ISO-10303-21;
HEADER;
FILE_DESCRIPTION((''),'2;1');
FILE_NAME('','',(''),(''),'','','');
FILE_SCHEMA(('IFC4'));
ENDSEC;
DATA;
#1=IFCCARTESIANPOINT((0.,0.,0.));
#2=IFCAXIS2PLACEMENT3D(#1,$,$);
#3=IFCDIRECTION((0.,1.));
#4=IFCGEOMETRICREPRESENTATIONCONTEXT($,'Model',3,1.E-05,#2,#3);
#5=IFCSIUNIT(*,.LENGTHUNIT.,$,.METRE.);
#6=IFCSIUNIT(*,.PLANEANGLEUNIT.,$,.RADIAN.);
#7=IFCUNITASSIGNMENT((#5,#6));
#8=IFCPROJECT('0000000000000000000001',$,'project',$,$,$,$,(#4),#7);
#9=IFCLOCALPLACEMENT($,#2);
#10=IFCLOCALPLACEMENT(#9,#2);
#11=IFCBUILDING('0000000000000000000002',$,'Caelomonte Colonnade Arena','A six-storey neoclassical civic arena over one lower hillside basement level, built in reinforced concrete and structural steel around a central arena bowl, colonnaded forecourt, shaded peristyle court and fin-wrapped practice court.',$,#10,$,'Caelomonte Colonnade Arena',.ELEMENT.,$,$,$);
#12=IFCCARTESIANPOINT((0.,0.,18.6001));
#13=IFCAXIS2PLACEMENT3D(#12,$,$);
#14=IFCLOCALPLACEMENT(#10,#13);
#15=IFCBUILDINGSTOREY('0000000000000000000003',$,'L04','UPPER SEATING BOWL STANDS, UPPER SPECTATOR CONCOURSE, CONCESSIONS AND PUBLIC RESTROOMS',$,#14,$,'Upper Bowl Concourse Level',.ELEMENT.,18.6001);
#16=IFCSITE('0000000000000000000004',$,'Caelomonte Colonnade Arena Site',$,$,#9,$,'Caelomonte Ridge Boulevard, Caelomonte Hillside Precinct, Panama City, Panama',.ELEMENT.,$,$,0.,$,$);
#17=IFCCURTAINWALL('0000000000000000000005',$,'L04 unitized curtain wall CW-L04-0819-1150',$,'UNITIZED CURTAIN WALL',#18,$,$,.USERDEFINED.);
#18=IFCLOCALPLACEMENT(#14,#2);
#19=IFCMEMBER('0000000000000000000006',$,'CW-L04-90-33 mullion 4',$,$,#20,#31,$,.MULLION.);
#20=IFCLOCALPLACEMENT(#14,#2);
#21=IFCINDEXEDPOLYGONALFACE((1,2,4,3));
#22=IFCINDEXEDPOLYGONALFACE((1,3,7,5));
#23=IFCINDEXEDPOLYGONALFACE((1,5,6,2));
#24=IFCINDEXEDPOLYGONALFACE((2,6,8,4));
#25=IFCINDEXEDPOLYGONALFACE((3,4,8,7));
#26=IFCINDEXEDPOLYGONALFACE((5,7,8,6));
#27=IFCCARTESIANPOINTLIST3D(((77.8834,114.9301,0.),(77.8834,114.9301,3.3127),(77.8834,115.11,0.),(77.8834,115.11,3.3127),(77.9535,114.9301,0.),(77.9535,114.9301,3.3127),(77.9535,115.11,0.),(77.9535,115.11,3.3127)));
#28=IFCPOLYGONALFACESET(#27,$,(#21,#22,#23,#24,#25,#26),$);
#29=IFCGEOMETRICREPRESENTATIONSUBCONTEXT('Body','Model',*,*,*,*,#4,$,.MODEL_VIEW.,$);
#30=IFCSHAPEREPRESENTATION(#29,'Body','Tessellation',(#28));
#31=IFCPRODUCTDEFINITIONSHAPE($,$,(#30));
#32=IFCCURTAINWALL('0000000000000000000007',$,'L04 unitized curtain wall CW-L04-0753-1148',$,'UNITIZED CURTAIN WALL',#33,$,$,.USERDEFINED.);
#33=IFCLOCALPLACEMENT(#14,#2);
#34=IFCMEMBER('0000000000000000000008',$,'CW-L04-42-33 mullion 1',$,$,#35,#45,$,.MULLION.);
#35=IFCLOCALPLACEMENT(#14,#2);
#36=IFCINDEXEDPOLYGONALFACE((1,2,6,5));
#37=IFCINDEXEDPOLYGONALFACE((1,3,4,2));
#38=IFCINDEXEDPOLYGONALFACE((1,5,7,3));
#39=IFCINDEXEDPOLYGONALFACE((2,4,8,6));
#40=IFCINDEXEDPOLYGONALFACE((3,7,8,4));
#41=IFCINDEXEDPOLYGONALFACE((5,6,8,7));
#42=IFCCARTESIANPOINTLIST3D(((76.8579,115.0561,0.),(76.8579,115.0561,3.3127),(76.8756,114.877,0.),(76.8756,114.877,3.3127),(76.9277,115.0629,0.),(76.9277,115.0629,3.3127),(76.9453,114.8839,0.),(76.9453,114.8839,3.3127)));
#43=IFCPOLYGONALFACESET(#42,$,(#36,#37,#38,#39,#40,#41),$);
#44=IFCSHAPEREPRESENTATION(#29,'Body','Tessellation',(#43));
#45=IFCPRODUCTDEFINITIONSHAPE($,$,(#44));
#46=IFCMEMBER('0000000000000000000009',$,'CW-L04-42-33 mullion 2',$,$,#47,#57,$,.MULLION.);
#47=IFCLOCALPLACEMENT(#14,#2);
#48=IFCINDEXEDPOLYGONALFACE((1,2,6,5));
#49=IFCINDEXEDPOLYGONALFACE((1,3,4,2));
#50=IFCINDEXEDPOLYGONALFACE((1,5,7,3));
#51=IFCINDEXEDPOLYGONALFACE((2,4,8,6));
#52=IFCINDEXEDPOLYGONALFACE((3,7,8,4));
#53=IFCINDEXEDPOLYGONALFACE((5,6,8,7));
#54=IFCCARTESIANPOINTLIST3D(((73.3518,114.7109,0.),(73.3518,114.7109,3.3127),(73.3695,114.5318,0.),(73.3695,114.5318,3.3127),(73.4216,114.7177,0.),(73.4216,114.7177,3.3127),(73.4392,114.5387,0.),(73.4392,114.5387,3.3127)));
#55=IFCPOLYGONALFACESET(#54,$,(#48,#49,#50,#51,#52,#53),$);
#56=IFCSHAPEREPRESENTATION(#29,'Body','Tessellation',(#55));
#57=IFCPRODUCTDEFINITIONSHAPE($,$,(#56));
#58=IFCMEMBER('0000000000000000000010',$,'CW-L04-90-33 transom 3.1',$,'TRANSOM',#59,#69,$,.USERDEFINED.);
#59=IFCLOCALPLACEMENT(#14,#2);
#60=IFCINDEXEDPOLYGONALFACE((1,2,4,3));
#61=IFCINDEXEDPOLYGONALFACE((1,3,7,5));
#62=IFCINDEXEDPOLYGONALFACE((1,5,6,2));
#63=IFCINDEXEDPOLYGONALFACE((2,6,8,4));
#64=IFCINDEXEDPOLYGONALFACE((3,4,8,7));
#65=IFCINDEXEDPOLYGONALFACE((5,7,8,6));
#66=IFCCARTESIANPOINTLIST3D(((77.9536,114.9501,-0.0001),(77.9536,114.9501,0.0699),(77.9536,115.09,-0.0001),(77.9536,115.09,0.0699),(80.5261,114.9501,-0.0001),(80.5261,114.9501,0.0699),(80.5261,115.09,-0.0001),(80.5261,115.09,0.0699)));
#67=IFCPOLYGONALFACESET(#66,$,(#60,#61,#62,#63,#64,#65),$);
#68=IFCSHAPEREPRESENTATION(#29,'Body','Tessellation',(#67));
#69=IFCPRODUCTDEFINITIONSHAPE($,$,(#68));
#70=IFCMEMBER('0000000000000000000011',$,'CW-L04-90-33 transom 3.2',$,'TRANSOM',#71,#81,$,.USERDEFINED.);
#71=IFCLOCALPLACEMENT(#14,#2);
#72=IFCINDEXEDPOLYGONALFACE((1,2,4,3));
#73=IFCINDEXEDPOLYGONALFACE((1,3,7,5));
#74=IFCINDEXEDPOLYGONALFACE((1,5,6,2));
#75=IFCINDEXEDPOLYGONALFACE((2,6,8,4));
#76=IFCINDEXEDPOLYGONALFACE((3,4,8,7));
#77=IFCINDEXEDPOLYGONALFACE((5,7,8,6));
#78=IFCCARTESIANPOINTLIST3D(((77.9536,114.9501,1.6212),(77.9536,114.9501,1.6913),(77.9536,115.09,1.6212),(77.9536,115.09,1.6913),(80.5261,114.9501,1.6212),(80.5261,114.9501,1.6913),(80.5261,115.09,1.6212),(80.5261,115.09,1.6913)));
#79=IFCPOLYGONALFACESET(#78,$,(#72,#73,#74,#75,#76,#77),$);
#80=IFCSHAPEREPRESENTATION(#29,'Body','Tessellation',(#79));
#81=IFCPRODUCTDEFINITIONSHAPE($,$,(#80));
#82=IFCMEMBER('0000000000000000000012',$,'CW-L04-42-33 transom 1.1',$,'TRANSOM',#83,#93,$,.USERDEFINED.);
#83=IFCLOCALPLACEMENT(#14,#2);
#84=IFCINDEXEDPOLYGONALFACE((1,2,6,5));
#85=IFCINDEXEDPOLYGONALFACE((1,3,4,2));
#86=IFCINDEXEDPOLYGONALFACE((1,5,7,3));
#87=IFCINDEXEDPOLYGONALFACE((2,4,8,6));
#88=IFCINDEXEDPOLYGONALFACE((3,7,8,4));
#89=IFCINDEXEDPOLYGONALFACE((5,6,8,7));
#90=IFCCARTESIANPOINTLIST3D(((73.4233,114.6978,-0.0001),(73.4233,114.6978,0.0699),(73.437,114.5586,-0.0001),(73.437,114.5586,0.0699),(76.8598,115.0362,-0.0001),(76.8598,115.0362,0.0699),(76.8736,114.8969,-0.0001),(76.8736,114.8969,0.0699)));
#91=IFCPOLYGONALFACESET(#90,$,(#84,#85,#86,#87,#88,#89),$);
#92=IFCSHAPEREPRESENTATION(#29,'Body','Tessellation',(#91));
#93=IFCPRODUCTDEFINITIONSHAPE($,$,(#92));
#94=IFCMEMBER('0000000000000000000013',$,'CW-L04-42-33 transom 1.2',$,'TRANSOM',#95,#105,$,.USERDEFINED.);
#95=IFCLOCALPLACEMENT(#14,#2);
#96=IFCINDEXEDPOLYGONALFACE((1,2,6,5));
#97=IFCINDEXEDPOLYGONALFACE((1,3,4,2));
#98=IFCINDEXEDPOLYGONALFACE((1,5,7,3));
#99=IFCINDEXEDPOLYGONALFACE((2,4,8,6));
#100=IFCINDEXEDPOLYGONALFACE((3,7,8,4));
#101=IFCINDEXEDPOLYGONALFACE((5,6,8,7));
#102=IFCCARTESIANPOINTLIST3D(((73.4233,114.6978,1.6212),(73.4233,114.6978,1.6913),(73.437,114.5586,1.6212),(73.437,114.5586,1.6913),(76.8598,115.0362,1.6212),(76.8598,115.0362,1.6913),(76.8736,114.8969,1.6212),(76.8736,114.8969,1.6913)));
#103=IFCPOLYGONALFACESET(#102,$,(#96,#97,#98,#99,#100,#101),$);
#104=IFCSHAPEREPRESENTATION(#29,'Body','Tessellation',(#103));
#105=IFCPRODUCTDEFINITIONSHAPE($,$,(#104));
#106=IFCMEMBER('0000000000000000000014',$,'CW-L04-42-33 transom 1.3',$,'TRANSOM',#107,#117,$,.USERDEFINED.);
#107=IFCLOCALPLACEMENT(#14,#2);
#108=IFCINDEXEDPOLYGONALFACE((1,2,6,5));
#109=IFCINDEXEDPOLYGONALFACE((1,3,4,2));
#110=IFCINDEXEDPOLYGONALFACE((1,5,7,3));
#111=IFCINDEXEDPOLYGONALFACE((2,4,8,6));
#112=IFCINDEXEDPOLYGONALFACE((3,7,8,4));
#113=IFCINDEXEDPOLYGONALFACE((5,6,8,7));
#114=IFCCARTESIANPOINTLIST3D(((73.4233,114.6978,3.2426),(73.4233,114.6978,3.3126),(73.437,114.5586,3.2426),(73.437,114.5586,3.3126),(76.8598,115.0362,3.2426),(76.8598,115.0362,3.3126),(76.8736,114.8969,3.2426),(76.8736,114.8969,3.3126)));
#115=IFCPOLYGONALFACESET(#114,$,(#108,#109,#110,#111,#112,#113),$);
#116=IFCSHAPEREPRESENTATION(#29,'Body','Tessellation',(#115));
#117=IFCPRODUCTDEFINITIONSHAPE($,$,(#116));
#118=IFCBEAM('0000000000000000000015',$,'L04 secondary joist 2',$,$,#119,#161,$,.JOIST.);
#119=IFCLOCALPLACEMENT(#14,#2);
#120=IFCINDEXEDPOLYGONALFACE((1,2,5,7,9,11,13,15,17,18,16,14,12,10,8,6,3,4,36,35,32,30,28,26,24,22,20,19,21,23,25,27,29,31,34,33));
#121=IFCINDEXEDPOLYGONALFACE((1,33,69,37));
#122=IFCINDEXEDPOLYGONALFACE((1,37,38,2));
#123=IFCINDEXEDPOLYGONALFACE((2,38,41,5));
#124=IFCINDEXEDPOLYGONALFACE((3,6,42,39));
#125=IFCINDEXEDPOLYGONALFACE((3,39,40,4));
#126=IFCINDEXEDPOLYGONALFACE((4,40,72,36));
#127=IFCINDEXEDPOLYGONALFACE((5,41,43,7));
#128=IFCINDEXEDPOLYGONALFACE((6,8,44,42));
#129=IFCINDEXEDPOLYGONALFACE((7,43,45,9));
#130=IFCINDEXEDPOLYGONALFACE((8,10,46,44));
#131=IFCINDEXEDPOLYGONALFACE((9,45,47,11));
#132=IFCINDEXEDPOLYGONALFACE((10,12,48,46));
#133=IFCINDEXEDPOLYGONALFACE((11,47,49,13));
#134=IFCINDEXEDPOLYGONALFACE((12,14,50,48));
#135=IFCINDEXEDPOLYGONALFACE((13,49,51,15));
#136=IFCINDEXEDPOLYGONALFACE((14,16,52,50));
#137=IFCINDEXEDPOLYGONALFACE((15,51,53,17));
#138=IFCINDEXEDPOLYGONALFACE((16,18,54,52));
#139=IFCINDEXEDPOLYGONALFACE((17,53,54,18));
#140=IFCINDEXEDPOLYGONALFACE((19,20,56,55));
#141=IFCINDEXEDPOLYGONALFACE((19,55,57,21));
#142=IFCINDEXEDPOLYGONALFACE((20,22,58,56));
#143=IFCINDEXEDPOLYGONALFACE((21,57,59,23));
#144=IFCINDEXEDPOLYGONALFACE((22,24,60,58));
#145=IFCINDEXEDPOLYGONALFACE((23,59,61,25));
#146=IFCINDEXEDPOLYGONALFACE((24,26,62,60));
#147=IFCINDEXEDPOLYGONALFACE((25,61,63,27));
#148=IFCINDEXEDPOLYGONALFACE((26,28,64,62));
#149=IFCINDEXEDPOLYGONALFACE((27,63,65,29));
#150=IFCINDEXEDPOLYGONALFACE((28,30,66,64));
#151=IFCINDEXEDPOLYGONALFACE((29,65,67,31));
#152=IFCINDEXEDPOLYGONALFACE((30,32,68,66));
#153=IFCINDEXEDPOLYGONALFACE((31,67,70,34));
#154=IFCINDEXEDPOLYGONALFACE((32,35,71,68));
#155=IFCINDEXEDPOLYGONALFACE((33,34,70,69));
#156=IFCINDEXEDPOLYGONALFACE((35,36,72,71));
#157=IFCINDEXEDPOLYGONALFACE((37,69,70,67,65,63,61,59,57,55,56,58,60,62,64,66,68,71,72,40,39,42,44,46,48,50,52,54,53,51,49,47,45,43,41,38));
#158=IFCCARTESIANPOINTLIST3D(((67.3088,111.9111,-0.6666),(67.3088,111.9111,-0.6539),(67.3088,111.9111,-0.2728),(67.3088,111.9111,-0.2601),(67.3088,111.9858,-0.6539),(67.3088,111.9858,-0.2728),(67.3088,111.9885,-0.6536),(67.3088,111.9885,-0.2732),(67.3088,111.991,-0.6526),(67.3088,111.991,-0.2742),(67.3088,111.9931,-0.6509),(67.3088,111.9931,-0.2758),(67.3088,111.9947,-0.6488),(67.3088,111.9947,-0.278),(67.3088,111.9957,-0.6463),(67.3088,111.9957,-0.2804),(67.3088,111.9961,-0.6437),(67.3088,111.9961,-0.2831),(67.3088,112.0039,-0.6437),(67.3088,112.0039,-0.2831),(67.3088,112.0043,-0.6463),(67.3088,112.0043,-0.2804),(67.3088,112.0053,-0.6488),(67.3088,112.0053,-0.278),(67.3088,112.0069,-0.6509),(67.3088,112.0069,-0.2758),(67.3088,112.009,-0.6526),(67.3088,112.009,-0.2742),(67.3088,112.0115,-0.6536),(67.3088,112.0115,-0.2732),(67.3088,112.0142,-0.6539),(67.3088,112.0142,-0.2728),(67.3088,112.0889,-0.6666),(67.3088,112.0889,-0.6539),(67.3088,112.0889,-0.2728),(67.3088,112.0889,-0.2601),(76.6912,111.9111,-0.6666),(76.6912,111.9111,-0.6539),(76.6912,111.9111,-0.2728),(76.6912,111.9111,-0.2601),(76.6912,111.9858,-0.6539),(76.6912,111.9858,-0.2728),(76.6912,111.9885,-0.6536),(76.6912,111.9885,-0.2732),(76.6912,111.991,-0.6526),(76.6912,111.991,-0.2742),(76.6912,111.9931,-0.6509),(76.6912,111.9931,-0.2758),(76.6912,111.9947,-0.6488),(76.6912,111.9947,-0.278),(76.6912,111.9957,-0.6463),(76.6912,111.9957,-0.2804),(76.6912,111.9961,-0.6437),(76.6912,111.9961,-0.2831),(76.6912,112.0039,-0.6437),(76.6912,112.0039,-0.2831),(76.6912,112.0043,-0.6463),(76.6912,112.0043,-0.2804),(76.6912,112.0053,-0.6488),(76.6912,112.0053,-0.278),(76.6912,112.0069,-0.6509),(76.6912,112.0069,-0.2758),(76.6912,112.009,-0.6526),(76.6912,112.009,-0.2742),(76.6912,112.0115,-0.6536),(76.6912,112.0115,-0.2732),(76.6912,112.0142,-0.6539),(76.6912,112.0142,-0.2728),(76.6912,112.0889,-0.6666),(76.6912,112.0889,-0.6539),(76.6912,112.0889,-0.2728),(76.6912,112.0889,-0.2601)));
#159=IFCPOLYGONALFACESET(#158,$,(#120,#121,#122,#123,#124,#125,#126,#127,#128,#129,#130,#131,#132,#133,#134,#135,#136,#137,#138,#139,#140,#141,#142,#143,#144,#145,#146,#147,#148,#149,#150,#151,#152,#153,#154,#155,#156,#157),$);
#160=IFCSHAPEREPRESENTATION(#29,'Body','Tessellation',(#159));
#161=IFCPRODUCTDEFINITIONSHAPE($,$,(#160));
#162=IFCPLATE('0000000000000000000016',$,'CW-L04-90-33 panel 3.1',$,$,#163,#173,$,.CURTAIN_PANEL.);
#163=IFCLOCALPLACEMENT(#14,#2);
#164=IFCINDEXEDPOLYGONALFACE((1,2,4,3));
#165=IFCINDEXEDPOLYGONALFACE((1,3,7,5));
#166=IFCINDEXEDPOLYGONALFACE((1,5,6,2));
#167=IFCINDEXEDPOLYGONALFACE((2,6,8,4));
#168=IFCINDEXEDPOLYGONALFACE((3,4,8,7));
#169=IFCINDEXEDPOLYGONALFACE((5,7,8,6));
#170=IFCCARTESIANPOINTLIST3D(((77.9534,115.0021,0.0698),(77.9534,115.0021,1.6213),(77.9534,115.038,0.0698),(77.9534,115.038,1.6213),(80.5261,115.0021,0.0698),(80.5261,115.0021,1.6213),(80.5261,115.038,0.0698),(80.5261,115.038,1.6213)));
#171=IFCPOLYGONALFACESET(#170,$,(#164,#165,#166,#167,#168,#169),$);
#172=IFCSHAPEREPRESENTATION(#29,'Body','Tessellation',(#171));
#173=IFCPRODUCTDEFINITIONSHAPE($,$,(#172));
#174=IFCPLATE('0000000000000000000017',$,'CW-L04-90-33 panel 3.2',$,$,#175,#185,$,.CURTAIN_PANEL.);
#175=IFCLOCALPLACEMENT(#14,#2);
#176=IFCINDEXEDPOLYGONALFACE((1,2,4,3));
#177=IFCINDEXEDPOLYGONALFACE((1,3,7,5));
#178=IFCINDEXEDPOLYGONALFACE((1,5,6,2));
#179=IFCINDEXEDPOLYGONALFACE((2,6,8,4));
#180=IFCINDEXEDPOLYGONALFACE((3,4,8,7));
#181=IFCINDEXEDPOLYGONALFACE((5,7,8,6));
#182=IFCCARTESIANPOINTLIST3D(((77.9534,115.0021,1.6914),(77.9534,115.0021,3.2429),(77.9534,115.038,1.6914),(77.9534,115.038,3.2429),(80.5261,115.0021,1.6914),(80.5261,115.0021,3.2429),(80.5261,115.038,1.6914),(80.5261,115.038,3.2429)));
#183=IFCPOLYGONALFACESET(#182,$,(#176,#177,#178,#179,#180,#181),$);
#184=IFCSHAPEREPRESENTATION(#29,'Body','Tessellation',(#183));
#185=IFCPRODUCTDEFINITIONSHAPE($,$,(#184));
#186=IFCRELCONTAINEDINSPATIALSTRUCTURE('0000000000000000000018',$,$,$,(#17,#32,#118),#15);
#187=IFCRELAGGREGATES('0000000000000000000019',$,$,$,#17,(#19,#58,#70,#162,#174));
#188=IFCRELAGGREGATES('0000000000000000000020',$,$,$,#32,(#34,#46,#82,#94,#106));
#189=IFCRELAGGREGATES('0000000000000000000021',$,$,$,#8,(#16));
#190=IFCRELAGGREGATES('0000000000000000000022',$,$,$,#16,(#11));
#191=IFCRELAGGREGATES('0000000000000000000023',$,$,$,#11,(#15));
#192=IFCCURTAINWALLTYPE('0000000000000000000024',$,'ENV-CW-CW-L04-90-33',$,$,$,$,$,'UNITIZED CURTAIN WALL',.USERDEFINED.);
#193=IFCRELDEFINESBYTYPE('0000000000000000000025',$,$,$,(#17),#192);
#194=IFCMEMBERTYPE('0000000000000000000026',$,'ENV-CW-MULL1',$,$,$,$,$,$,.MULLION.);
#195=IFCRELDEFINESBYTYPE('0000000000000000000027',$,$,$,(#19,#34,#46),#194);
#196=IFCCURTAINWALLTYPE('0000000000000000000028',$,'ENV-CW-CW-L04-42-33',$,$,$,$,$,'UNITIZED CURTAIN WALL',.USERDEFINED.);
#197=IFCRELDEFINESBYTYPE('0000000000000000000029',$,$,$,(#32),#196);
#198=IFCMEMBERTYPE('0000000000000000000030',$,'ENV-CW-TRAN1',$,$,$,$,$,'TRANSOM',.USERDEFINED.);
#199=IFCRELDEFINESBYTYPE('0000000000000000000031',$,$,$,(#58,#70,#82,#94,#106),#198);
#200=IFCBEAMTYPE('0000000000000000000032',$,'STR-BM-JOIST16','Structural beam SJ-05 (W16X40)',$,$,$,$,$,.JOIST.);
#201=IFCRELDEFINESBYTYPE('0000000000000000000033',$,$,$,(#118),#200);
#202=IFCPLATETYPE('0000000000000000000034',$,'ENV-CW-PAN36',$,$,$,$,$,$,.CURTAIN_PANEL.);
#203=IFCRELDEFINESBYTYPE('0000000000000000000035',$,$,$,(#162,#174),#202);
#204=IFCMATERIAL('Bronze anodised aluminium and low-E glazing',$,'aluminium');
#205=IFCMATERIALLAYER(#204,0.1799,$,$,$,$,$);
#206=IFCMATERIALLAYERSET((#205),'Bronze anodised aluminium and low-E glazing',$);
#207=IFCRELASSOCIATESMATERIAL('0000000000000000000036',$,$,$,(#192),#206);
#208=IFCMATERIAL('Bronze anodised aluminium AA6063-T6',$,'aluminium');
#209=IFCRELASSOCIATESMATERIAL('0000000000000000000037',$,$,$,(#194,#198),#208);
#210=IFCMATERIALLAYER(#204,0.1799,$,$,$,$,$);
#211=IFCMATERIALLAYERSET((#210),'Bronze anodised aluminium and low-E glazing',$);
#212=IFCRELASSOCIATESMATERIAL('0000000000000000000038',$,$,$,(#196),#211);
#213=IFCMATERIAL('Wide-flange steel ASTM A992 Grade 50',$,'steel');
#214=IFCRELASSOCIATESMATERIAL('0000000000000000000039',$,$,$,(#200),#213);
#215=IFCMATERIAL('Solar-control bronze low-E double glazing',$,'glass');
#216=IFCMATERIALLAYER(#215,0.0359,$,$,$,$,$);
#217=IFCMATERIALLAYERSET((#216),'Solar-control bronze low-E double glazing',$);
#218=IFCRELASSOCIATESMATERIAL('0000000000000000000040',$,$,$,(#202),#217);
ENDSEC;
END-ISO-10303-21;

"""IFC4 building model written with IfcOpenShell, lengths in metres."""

from ifc_helpers import new_model, si_unit, direction, frame, origin, origin_2d, place, context, subcontext, project, spatial, rectangle, i_section, extrude, material, layer, layer_set, material_profile, profile_set, type_object, element, aggregate, save


model = new_model("IFC4")

# Units and contexts
model_context = context("Model", 3, precision=1e-05, world=origin(), true_north=direction((0.0, 1.0)))
body_context = subcontext(model_context, "Body", "Model", "MODEL_VIEW")
ifc_project = project(units=[si_unit("LENGTHUNIT", "METRE"), si_unit("PLANEANGLEUNIT", "RADIAN")], contexts=[model_context])

# Site, building, storey
site_placement = place(None, origin())
site = spatial("IfcSite", under=ifc_project, at=site_placement, Name="Caelomonte Colonnade Arena Site", LongName="Caelomonte Ridge Boulevard, Caelomonte Hillside Precinct, Panama City, Panama", CompositionType="ELEMENT", RefElevation=0.0)
building_placement = place(site_placement, origin())
building = spatial("IfcBuilding", under=site, at=building_placement, Name="Caelomonte Colonnade Arena", Description="A six-storey neoclassical civic arena over one lower hillside basement level, built in reinforced concrete and structural steel around a central arena bowl, colonnaded forecourt, shaded peristyle court and fin-wrapped practice court.", LongName="Caelomonte Colonnade Arena", CompositionType="ELEMENT")
storey_placement = place(building_placement, frame((0.0, 0.0, 18.6001)))
storey = spatial("IfcBuildingStorey", under=building, at=storey_placement, Name="L04", Description="UPPER SEATING BOWL STANDS, UPPER SPECTATOR CONCOURSE, CONCESSIONS AND PUBLIC RESTROOMS", LongName="Upper Bowl Concourse Level", CompositionType="ELEMENT", Elevation=18.6001)

# Curtain wall, member
ifc_material_1 = material(Name="Bronze anodised aluminium and low-E glazing", Category="aluminium")
ifc_layer_1 = layer(ifc_material_1, 0.1799)
ifc_layer_set_1 = layer_set([ifc_layer_1], Name="Bronze anodised aluminium and low-E glazing")
curtain_wall_type_1 = type_object("IfcCurtainWallType", Name="ENV-CW-CW-L04-90-33", ElementType="UNITIZED CURTAIN WALL", PredefinedType="USERDEFINED", material=ifc_layer_set_1)
curtain_wall_1_placement = place(storey_placement, origin())
curtain_wall_1 = element("IfcCurtainWall", 1, at=curtain_wall_1_placement, inside=storey, type_object=curtain_wall_type_1, Name="L04 unitized curtain wall CW-L04-0819-1150", ObjectType="UNITIZED CURTAIN WALL", PredefinedType="USERDEFINED")
ifc_material_2 = material(Name="Bronze anodised aluminium AA6063-T6", Category="aluminium")
ifc_material_profile_1 = material_profile(ifc_material_2, rectangle(XDim=0.0701, YDim=0.1799, at=origin_2d()), Name="CWM-70X180")
ifc_profile_set_1 = profile_set([ifc_material_profile_1], Name="Bronze anodised aluminium AA6063-T6")
member_type_1 = type_object("IfcMemberType", Name="ENV-CW-MULL1", PredefinedType="MULLION", material=ifc_profile_set_1)
member_1_placement = place(storey_placement, frame((77.9185, 115.02, 0.0), z_axis=(0.0, 0.0, 1.0), x_axis=(-1.0, 0.0, 0.0)))
member_1 = element("IfcMember", 2, at=member_1_placement, type_object=member_type_1, Name="CW-L04-90-33 mullion 4", PredefinedType="MULLION", context=body_context, shape_type="SweptSolid", body=[
    extrude(rectangle(XDim=0.0701, YDim=0.1799, at=origin_2d()), origin(), (0.0, 0.0, 1.0), 3.3127),
])

# Curtain wall, members
ifc_layer_2 = layer(ifc_material_1, 0.1799)
ifc_layer_set_2 = layer_set([ifc_layer_2], Name="Bronze anodised aluminium and low-E glazing")
curtain_wall_type_2 = type_object("IfcCurtainWallType", Name="ENV-CW-CW-L04-42-33", ElementType="UNITIZED CURTAIN WALL", PredefinedType="USERDEFINED", material=ifc_layer_set_2)
curtain_wall_2_placement = place(storey_placement, origin())
curtain_wall_2 = element("IfcCurtainWall", 3, at=curtain_wall_2_placement, inside=storey, type_object=curtain_wall_type_2, Name="L04 unitized curtain wall CW-L04-0753-1148", ObjectType="UNITIZED CURTAIN WALL", PredefinedType="USERDEFINED")
member_2_placement = place(storey_placement, frame((76.9016, 114.97, 0.0), z_axis=(0.0, 0.0, 1.0), x_axis=(-0.995184, -0.098021, 0.0)))
member_2 = element("IfcMember", 4, at=member_2_placement, type_object=member_type_1, Name="CW-L04-42-33 mullion 1", PredefinedType="MULLION", context=body_context, shape_type="SweptSolid", body=[
    extrude(rectangle(XDim=0.0701, YDim=0.1799, at=origin_2d()), origin(), (0.0, 0.0, 1.0), 3.3127),
])
member_3_placement = place(storey_placement, frame((73.3955, 114.6248, 0.0), z_axis=(0.0, 0.0, 1.0), x_axis=(-0.995184, -0.098021, 0.0)))
member_3 = element("IfcMember", 5, at=member_3_placement, type_object=member_type_1, Name="CW-L04-42-33 mullion 2", PredefinedType="MULLION", context=body_context, shape_type="SweptSolid", body=[
    extrude(rectangle(XDim=0.0701, YDim=0.1799, at=origin_2d()), origin(), (0.0, 0.0, 1.0), 3.3127),
])

# Members
ifc_material_profile_2 = material_profile(ifc_material_2, rectangle(XDim=0.0701, YDim=0.1399, at=origin_2d()), Name="CWT-70X140")
ifc_profile_set_2 = profile_set([ifc_material_profile_2], Name="Bronze anodised aluminium AA6063-T6")
member_type_2 = type_object("IfcMemberType", Name="ENV-CW-TRAN1", ElementType="TRANSOM", PredefinedType="USERDEFINED", material=ifc_profile_set_2)
member_4_placement = place(storey_placement, frame((80.5261, 115.02, 0.0349), z_axis=(-1.0, 0.0, 0.0), x_axis=(0.0, 0.0, 1.0)))
member_4 = element("IfcMember", 6, at=member_4_placement, type_object=member_type_2, Name="CW-L04-90-33 transom 3.1", ObjectType="TRANSOM", PredefinedType="USERDEFINED", context=body_context, shape_type="SweptSolid", body=[
    extrude(rectangle(XDim=0.0701, YDim=0.1399, at=origin_2d()), origin(), (0.0, 0.0, 1.0), 2.5725),
])
member_5_placement = place(storey_placement, frame((80.5261, 115.02, 1.6562), z_axis=(-1.0, 0.0, 0.0), x_axis=(0.0, 0.0, 1.0)))
member_5 = element("IfcMember", 7, at=member_5_placement, type_object=member_type_2, Name="CW-L04-90-33 transom 3.2", ObjectType="TRANSOM", PredefinedType="USERDEFINED", context=body_context, shape_type="SweptSolid", body=[
    extrude(rectangle(XDim=0.0701, YDim=0.1399, at=origin_2d()), origin(), (0.0, 0.0, 1.0), 2.5725),
])
member_6_placement = place(storey_placement, frame((76.8667, 114.9666, 0.0349), z_axis=(-0.995187, -0.097992, 0.0), x_axis=(0.0, 0.0, 1.0)))
member_6 = element("IfcMember", 8, at=member_6_placement, type_object=member_type_2, Name="CW-L04-42-33 transom 1.1", ObjectType="TRANSOM", PredefinedType="USERDEFINED", context=body_context, shape_type="SweptSolid", body=[
    extrude(rectangle(XDim=0.0701, YDim=0.1399, at=origin_2d()), origin(), (0.0, 0.0, 1.0), 3.4531),
])
member_7_placement = place(storey_placement, frame((76.8667, 114.9666, 1.6562), z_axis=(-0.995187, -0.097992, 0.0), x_axis=(0.0, 0.0, 1.0)))
member_7 = element("IfcMember", 9, at=member_7_placement, type_object=member_type_2, Name="CW-L04-42-33 transom 1.2", ObjectType="TRANSOM", PredefinedType="USERDEFINED", context=body_context, shape_type="SweptSolid", body=[
    extrude(rectangle(XDim=0.0701, YDim=0.1399, at=origin_2d()), origin(), (0.0, 0.0, 1.0), 3.4531),
])
member_8_placement = place(storey_placement, frame((76.8667, 114.9666, 3.2776), z_axis=(-0.995187, -0.097992, 0.0), x_axis=(0.0, 0.0, 1.0)))
member_8 = element("IfcMember", 10, at=member_8_placement, type_object=member_type_2, Name="CW-L04-42-33 transom 1.3", ObjectType="TRANSOM", PredefinedType="USERDEFINED", context=body_context, shape_type="SweptSolid", body=[
    extrude(rectangle(XDim=0.0701, YDim=0.1399, at=origin_2d()), origin(), (0.0, 0.0, 1.0), 3.4531),
])

# Beam
ifc_material_3 = material(Name="Wide-flange steel ASTM A992 Grade 50", Category="steel")
ifc_material_profile_3 = material_profile(ifc_material_3, i_section(OverallWidth=0.1777, OverallDepth=0.4065, WebThickness=0.0078, FlangeThickness=0.0127, FilletRadius=0.0103, at=origin_2d()), Name="W16X40")
ifc_profile_set_3 = profile_set([ifc_material_profile_3], Name="Wide-flange steel ASTM A992 Grade 50")
beam_type = type_object("IfcBeamType", Name="STR-BM-JOIST16", Description="Structural beam SJ-05 (W16X40)", PredefinedType="JOIST", material=ifc_profile_set_3)
beam_placement = place(storey_placement, frame((67.3088, 112.0, -0.4634), z_axis=(1.0, 0.0, 0.0), x_axis=(0.0, 1.0, 0.0)))
element("IfcBeam", 11, at=beam_placement, inside=storey, type_object=beam_type, Name="L04 secondary joist 2", PredefinedType="JOIST", context=body_context, shape_type="SweptSolid", body=[
    extrude(i_section(OverallWidth=0.1777, OverallDepth=0.4065, WebThickness=0.0078, FlangeThickness=0.0127, FilletRadius=0.0103, at=origin_2d()), origin(), (0.0, 0.0, 1.0), 9.3823),
])

# Plates
ifc_material_4 = material(Name="Solar-control bronze low-E double glazing", Category="glass")
ifc_layer_3 = layer(ifc_material_4, 0.0359)
ifc_layer_set_3 = layer_set([ifc_layer_3], Name="Solar-control bronze low-E double glazing")
plate_type = type_object("IfcPlateType", Name="ENV-CW-PAN36", PredefinedType="CURTAIN_PANEL", material=ifc_layer_set_3)
plate_1_placement = place(storey_placement, frame((79.2397, 115.02, 0.0698), z_axis=(0.0, 0.0, 1.0), x_axis=(-1.0, 0.0, 0.0)))
plate_1 = element("IfcPlate", 12, at=plate_1_placement, type_object=plate_type, Name="CW-L04-90-33 panel 3.1", PredefinedType="CURTAIN_PANEL", context=body_context, shape_type="SweptSolid", body=[
    extrude(rectangle(XDim=2.5728, YDim=0.0359, at=origin_2d()), origin(), (0.0, 0.0, 1.0), 1.5515),
])
plate_2_placement = place(storey_placement, frame((79.2397, 115.02, 1.6914), z_axis=(0.0, 0.0, 1.0), x_axis=(-1.0, 0.0, 0.0)))
plate_2 = element("IfcPlate", 13, at=plate_2_placement, type_object=plate_type, Name="CW-L04-90-33 panel 3.2", PredefinedType="CURTAIN_PANEL", context=body_context, shape_type="SweptSolid", body=[
    extrude(rectangle(XDim=2.5728, YDim=0.0359, at=origin_2d()), origin(), (0.0, 0.0, 1.0), 1.5515),
])
aggregate(curtain_wall_1, [member_1, member_4, member_5, plate_1, plate_2])
aggregate(curtain_wall_2, [member_2, member_3, member_6, member_7, member_8])

save(model, "model.ifc")
